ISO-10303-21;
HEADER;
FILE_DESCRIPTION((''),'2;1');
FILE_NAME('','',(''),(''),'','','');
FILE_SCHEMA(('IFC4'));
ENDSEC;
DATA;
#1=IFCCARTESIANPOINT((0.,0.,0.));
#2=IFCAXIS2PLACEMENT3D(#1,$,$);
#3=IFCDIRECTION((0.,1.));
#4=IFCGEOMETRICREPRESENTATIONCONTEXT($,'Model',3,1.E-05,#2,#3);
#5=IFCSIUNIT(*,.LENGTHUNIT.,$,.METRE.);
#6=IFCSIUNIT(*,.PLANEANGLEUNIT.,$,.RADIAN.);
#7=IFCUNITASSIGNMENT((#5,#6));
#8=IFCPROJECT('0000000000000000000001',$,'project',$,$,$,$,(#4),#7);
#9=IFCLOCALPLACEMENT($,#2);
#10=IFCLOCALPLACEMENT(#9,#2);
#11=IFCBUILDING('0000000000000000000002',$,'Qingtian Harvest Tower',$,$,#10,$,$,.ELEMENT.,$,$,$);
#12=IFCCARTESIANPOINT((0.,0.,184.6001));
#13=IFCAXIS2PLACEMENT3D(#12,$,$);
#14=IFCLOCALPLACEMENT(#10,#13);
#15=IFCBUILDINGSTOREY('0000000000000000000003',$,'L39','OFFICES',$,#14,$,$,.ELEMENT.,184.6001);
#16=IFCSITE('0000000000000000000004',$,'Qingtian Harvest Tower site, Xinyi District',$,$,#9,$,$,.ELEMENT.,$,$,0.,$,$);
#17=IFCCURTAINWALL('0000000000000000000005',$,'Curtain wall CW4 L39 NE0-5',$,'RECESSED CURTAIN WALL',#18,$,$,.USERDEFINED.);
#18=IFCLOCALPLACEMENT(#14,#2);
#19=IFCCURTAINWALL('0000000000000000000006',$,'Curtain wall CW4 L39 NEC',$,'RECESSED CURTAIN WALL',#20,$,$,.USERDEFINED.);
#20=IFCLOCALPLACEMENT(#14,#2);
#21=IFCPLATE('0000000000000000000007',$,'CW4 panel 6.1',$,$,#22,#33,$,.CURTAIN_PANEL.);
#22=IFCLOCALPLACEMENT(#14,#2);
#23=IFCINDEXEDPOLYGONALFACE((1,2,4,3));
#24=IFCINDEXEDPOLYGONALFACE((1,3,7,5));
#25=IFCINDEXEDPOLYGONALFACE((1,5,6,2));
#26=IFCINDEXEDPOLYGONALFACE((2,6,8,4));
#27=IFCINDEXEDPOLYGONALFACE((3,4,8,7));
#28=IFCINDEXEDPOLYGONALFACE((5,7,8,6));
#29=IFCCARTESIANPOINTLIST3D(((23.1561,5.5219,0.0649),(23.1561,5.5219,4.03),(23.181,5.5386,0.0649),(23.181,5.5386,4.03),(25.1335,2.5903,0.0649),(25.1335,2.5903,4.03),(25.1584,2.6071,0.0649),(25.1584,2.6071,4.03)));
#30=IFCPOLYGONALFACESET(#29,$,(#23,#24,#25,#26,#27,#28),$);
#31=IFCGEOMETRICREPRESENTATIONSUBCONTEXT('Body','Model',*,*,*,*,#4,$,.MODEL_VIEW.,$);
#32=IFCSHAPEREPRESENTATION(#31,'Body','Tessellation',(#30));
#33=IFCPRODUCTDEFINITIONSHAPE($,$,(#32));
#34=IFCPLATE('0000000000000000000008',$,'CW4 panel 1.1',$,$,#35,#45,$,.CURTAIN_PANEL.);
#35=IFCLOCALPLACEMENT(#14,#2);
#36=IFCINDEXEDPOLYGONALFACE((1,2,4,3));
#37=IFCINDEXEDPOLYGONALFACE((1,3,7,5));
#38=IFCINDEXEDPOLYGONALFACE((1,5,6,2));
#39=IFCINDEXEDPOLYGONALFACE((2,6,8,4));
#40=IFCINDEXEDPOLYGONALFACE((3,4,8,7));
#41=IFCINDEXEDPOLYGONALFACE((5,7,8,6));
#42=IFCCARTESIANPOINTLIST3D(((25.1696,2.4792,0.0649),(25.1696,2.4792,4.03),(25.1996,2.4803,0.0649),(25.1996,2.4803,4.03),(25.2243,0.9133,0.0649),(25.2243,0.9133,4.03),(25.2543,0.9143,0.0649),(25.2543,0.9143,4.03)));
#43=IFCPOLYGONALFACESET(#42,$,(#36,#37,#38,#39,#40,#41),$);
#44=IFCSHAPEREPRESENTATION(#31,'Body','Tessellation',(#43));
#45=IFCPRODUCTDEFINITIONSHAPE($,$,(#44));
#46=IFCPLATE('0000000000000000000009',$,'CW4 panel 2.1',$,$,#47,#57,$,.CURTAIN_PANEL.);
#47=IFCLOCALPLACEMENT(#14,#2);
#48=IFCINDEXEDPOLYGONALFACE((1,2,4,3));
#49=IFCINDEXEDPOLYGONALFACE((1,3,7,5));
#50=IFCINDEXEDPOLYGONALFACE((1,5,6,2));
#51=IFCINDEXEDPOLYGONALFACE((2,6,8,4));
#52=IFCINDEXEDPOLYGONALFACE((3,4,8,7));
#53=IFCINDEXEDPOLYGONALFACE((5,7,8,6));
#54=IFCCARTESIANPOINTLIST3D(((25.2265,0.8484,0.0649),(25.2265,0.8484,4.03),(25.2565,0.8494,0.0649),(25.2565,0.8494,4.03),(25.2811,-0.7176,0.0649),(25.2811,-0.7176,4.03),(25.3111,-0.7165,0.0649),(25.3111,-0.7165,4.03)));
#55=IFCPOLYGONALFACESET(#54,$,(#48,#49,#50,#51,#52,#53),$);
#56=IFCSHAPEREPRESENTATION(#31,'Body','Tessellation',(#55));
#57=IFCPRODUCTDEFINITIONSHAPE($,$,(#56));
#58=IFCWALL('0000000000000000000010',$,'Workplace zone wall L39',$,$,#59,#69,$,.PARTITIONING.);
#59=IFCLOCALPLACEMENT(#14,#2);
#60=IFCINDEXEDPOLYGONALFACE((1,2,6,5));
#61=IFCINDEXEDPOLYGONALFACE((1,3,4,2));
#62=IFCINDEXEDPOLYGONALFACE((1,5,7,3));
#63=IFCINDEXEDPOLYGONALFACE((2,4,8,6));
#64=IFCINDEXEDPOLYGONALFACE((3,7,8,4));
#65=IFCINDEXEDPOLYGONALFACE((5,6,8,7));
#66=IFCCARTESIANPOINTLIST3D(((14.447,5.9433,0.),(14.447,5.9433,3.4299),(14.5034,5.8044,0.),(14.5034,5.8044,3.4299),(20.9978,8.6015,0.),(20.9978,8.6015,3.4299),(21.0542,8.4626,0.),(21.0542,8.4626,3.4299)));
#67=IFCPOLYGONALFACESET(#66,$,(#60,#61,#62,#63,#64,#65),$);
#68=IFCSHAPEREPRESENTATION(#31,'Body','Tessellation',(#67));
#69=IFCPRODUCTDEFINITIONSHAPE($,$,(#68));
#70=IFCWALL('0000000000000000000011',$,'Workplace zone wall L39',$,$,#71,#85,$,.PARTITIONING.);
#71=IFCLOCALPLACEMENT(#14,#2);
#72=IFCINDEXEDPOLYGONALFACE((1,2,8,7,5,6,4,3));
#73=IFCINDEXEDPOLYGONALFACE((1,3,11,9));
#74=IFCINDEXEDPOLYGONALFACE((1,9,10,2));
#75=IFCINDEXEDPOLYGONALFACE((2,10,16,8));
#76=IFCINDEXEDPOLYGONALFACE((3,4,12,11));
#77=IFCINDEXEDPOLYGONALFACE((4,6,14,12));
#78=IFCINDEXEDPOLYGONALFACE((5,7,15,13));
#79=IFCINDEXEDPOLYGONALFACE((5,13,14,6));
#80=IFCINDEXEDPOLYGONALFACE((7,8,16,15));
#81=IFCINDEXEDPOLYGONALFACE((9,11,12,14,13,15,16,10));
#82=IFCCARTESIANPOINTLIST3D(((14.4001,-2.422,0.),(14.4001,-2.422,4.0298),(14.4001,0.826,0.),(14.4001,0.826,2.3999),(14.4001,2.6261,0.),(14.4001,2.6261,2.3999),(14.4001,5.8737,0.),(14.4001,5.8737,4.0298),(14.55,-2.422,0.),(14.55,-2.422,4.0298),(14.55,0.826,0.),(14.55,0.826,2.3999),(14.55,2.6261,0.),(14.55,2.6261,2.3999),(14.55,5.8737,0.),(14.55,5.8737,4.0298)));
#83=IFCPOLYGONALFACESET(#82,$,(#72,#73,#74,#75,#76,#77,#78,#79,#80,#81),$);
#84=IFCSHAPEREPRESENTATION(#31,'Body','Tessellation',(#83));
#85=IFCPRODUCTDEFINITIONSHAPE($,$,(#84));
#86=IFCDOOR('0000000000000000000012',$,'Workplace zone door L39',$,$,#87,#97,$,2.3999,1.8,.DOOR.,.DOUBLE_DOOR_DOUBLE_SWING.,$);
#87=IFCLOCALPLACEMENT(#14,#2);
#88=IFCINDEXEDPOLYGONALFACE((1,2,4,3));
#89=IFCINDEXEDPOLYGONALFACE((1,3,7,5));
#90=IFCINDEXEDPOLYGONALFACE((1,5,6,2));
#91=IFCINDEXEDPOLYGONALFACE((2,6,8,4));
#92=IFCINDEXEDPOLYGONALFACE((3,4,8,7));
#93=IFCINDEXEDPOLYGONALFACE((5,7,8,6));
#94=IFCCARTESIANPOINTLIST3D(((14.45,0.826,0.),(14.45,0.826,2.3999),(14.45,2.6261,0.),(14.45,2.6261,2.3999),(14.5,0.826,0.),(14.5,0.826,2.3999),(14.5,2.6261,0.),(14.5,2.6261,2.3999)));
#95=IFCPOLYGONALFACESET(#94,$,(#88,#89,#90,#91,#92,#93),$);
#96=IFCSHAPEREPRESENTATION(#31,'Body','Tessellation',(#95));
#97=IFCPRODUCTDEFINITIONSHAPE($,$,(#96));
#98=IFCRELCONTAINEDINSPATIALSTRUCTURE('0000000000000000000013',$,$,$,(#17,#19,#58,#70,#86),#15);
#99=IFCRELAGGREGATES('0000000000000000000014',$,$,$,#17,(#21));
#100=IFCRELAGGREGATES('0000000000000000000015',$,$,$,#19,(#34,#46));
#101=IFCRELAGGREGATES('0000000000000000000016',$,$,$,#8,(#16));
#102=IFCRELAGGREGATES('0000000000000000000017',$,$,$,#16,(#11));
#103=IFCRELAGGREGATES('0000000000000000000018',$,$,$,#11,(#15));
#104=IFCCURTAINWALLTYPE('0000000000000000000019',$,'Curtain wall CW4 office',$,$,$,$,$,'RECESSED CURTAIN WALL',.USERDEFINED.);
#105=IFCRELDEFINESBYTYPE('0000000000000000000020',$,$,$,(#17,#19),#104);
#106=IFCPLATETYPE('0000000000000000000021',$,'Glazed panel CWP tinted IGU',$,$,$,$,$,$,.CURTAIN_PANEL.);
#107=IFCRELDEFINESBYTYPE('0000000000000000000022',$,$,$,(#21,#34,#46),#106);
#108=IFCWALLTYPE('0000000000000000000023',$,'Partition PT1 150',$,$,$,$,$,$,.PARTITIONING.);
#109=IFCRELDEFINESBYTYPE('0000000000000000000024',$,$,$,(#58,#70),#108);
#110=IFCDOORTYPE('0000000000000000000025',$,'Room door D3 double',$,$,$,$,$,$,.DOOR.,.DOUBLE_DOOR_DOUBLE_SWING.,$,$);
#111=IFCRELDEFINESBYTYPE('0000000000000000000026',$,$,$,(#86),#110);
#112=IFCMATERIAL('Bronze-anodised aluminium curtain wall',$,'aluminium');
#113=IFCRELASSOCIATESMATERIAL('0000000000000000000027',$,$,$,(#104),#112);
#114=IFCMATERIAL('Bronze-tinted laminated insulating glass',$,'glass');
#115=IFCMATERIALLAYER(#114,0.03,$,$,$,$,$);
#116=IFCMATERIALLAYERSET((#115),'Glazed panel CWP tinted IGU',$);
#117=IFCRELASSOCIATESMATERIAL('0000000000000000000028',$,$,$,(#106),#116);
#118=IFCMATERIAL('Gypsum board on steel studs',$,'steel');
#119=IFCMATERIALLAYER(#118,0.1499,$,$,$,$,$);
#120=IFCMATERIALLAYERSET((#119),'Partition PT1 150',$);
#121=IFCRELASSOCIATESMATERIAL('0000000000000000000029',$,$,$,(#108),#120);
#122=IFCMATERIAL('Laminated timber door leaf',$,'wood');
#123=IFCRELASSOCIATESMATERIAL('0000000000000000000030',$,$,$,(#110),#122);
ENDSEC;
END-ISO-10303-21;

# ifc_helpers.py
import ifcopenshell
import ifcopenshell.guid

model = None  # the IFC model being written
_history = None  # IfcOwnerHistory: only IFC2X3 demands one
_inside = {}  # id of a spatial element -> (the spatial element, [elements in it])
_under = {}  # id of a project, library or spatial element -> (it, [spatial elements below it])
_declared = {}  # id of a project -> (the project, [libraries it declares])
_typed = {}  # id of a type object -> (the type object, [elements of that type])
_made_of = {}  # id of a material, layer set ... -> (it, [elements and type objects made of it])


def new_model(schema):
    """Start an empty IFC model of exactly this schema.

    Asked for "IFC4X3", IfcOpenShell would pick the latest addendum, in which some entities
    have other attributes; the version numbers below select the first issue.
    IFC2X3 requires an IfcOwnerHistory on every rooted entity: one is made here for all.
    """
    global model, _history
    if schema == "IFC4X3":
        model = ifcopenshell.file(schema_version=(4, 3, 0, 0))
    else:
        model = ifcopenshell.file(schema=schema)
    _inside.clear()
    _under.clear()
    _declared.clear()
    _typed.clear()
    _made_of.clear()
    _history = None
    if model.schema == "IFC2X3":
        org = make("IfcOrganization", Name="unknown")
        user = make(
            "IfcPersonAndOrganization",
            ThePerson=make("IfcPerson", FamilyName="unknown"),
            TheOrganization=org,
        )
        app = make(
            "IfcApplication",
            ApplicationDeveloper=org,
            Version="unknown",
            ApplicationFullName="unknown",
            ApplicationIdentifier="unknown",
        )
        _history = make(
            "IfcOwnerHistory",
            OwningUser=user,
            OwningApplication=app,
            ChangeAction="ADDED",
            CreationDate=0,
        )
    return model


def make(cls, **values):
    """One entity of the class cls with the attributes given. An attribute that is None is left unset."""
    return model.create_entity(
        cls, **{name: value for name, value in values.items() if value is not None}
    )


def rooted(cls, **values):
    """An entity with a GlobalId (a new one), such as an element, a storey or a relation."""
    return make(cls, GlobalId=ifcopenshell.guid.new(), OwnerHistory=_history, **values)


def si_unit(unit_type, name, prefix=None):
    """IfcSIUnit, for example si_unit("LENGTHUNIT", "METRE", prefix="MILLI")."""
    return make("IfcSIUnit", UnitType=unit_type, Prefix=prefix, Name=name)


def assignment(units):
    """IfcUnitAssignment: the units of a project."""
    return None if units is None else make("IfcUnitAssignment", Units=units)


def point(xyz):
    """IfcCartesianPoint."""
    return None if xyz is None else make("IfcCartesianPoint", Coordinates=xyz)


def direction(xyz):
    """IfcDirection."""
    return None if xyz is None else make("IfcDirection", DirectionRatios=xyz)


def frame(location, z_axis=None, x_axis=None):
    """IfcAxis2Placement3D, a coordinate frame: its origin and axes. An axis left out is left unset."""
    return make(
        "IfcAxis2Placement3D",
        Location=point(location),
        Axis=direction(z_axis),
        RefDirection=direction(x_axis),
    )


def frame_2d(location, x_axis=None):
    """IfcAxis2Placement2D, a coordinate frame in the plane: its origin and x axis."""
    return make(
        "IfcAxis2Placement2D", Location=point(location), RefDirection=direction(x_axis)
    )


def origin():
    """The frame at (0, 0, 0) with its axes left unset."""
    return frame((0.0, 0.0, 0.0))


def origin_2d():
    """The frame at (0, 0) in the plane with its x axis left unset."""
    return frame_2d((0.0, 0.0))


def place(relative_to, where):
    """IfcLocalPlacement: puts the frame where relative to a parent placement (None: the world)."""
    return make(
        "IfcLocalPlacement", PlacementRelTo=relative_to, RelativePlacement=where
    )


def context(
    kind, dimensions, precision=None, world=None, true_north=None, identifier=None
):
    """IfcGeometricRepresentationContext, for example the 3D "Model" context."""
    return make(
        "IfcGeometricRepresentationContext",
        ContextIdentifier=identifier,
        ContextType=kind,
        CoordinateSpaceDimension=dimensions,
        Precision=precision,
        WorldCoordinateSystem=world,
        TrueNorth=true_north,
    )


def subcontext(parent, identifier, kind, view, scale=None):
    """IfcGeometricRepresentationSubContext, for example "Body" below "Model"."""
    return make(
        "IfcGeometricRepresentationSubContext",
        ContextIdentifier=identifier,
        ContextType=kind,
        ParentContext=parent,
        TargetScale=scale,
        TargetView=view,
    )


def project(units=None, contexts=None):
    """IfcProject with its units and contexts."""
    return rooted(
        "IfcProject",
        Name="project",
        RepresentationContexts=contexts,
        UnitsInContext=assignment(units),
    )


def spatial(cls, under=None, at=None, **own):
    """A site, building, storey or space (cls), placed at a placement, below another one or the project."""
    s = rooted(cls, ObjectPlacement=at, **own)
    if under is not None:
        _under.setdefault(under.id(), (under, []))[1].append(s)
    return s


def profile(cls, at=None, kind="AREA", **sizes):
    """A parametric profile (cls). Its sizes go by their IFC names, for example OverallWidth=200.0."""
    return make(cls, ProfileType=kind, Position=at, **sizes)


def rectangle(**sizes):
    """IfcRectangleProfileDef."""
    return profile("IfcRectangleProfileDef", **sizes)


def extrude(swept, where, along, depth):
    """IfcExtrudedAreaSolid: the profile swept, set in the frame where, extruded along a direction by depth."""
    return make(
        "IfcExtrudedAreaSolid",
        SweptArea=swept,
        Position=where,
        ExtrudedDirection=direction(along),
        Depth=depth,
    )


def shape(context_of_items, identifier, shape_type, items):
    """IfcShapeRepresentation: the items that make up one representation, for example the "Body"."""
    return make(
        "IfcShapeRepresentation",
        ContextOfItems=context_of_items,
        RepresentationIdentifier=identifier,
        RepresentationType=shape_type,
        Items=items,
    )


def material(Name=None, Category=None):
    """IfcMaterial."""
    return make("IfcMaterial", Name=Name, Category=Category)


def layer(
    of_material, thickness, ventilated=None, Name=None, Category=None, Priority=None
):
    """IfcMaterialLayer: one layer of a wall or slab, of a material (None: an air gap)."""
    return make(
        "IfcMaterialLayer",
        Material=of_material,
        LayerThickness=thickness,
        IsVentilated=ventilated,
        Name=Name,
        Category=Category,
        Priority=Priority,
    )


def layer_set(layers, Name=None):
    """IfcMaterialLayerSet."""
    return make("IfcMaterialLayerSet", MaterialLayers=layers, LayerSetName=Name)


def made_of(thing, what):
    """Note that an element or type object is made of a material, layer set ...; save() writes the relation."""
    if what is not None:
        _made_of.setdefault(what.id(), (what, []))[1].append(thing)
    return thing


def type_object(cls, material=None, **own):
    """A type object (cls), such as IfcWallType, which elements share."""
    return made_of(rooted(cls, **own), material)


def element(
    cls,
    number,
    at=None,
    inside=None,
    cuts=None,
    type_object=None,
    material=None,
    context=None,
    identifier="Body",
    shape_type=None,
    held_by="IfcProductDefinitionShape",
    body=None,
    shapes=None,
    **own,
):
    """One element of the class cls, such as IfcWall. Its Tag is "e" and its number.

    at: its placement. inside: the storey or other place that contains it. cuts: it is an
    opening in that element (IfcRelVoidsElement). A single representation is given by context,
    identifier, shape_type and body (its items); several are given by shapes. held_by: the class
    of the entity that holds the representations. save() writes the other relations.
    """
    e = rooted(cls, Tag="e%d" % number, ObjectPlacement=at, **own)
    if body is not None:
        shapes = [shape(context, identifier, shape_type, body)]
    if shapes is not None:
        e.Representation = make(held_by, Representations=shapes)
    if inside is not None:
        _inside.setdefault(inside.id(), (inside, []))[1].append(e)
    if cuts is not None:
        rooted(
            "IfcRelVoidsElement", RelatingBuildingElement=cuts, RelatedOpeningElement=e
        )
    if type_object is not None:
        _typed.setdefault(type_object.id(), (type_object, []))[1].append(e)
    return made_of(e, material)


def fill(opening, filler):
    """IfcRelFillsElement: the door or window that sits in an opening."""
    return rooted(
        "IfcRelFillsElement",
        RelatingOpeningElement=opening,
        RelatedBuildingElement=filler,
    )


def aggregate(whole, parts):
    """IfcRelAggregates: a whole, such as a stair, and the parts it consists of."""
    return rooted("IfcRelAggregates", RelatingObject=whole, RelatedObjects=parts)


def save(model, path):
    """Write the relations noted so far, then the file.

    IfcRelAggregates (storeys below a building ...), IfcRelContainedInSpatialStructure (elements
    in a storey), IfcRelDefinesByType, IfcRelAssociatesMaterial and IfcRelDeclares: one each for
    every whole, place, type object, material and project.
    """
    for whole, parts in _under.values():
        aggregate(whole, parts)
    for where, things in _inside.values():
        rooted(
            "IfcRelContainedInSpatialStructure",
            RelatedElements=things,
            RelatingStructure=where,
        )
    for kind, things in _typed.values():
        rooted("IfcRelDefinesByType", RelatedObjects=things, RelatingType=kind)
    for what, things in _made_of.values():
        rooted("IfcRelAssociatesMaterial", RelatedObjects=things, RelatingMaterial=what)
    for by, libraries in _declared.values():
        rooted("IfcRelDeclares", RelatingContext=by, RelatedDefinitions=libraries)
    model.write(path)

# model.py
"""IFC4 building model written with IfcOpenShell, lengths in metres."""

from ifc_helpers import new_model, si_unit, direction, frame, frame_2d, origin, origin_2d, place, context, subcontext, project, spatial, rectangle, extrude, material, layer, layer_set, type_object, element, fill, aggregate, save


model = new_model("IFC4")

# Units and contexts
model_context = context("Model", 3, precision=1e-05, world=origin(), true_north=direction((0.0, 1.0)))
body_context = subcontext(model_context, "Body", "Model", "MODEL_VIEW")
ifc_project = project(units=[si_unit("LENGTHUNIT", "METRE"), si_unit("PLANEANGLEUNIT", "RADIAN")], contexts=[model_context])

# Site, building, storey
site_placement = place(None, origin())
site = spatial("IfcSite", under=ifc_project, at=site_placement, Name="Qingtian Harvest Tower site, Xinyi District", CompositionType="ELEMENT", RefElevation=0.0)
building_placement = place(site_placement, origin())
building = spatial("IfcBuilding", under=site, at=building_placement, Name="Qingtian Harvest Tower", CompositionType="ELEMENT")
storey_placement = place(building_placement, frame((0.0, 0.0, 184.6001)))
storey = spatial("IfcBuildingStorey", under=building, at=storey_placement, Name="L39", Description="OFFICES", CompositionType="ELEMENT", Elevation=184.6001)

# Curtain walls
ifc_material_1 = material(Name="Bronze-anodised aluminium curtain wall", Category="aluminium")
curtain_wall_type = type_object("IfcCurtainWallType", Name="Curtain wall CW4 office", ElementType="RECESSED CURTAIN WALL", PredefinedType="USERDEFINED", material=ifc_material_1)
curtain_wall_1_placement = place(storey_placement, origin())
curtain_wall_1 = element("IfcCurtainWall", 1, at=curtain_wall_1_placement, inside=storey, type_object=curtain_wall_type, Name="Curtain wall CW4 L39 NE0-5", ObjectType="RECESSED CURTAIN WALL", PredefinedType="USERDEFINED")
curtain_wall_2_placement = place(storey_placement, origin())
curtain_wall_2 = element("IfcCurtainWall", 2, at=curtain_wall_2_placement, inside=storey, type_object=curtain_wall_type, Name="Curtain wall CW4 L39 NEC", ObjectType="RECESSED CURTAIN WALL", PredefinedType="USERDEFINED")

# Plates
ifc_material_2 = material(Name="Bronze-tinted laminated insulating glass", Category="glass")
ifc_layer_1 = layer(ifc_material_2, 0.03)
ifc_layer_set_1 = layer_set([ifc_layer_1], Name="Glazed panel CWP tinted IGU")
plate_type = type_object("IfcPlateType", Name="Glazed panel CWP tinted IGU", PredefinedType="CURTAIN_PANEL", material=ifc_layer_set_1)
plate_1_placement = place(storey_placement, frame((24.1572, 4.0645, 0.0649), z_axis=(0.0, 0.0, 1.0), x_axis=(0.559193, -0.829038, 0.0)))
plate_1 = element("IfcPlate", 3, at=plate_1_placement, type_object=plate_type, Name="CW4 panel 6.1", PredefinedType="CURTAIN_PANEL", context=body_context, shape_type="SweptSolid", body=[
    extrude(rectangle(XDim=3.5361, YDim=0.03, at=origin_2d()), origin(), (0.0, 0.0, 1.0), 3.9651),
])
aggregate(curtain_wall_1, [plate_1])
plate_2_placement = place(storey_placement, frame((25.2119, 1.6968, 0.0649), z_axis=(0.0, 0.0, 1.0), x_axis=(0.034899, -0.999391, 0.0)))
plate_2 = element("IfcPlate", 4, at=plate_2_placement, type_object=plate_type, Name="CW4 panel 1.1", PredefinedType="CURTAIN_PANEL", context=body_context, shape_type="SweptSolid", body=[
    extrude(rectangle(XDim=1.5669, YDim=0.03, at=origin_2d()), origin(), (0.0, 0.0, 1.0), 3.9651),
])
plate_3_placement = place(storey_placement, frame((25.2688, 0.0659, 0.0649), z_axis=(0.0, 0.0, 1.0), x_axis=(0.034899, -0.999391, 0.0)))
plate_3 = element("IfcPlate", 5, at=plate_3_placement, type_object=plate_type, Name="CW4 panel 2.1", PredefinedType="CURTAIN_PANEL", context=body_context, shape_type="SweptSolid", body=[
    extrude(rectangle(XDim=1.5669, YDim=0.03, at=origin_2d()), origin(), (0.0, 0.0, 1.0), 3.9651),
])
aggregate(curtain_wall_2, [plate_2, plate_3])

# Shared definitions
ifc_material_3 = material(Name="Gypsum board on steel studs", Category="steel")
ifc_layer_2 = layer(ifc_material_3, 0.1499)
ifc_layer_set_2 = layer_set([ifc_layer_2], Name="Partition PT1 150")
wall_type = type_object("IfcWallType", Name="Partition PT1 150", PredefinedType="PARTITIONING", material=ifc_layer_set_2)
ifc_material_4 = material(Name="Laminated timber door leaf", Category="wood")
door_type = type_object("IfcDoorType", Name="Room door D3 double", OperationType="DOUBLE_DOOR_DOUBLE_SWING", PredefinedType="DOOR", material=ifc_material_4)

# Wall
wall_1_placement = place(storey_placement, frame((21.0259, 8.532, 0.0), z_axis=(0.0, 0.0, 1.0), x_axis=(-0.926617, -0.376006, 0.0)))
element("IfcWall", 6, at=wall_1_placement, inside=storey, type_object=wall_type, Name="Workplace zone wall L39", PredefinedType="PARTITIONING", context=body_context, shape_type="SweptSolid", body=[
    extrude(rectangle(XDim=7.0696, YDim=0.1499, at=frame_2d((3.5347, 0.0))), origin(), (0.0, 0.0, 1.0), 3.4299),
])

# Wall, opening, door
wall_2_placement = place(storey_placement, frame((14.4751, 5.8738, 0.0), z_axis=(0.0, 0.0, 1.0), x_axis=(0.0, -1.0, 0.0)))
wall_2 = element("IfcWall", 7, at=wall_2_placement, inside=storey, type_object=wall_type, Name="Workplace zone wall L39", PredefinedType="PARTITIONING", context=body_context, shape_type="SweptSolid", body=[
    extrude(rectangle(XDim=8.2957, YDim=0.1499, at=frame_2d((4.1479, 0.0))), origin(), (0.0, 0.0, 1.0), 4.0298),
])
opening_1_placement = place(wall_2_placement, frame((3.2478, 0.0, 0.0)))
opening_1 = element("IfcOpeningElement", 8, at=opening_1_placement, cuts=wall_2, PredefinedType="OPENING", context=body_context, shape_type="SweptSolid", body=[
    extrude(rectangle(XDim=1.8, YDim=2.3999, at=frame_2d((0.8999, 1.2))), frame((0.0, 0.085, 0.0), z_axis=(0.0, -1.0, 0.0), x_axis=(1.0, 0.0, 0.0)), (0.0, 0.0, 1.0), 0.1699),
])
door_1_placement = place(opening_1_placement, origin())
door_1 = element("IfcDoor", 9, at=door_1_placement, inside=storey, type_object=door_type, Name="Workplace zone door L39", OperationType="DOUBLE_DOOR_DOUBLE_SWING", OverallHeight=2.3999, OverallWidth=1.8, PredefinedType="DOOR", context=body_context, shape_type="SweptSolid", body=[
    extrude(rectangle(XDim=1.8, YDim=2.3999, at=frame_2d((0.8999, 1.2))), frame((0.0, 0.0249, 0.0), z_axis=(0.0, -1.0, 0.0), x_axis=(1.0, 0.0, 0.0)), (0.0, 0.0, 1.0), 0.05),
])
fill(opening_1, door_1)

save(model, "model.ifc")
